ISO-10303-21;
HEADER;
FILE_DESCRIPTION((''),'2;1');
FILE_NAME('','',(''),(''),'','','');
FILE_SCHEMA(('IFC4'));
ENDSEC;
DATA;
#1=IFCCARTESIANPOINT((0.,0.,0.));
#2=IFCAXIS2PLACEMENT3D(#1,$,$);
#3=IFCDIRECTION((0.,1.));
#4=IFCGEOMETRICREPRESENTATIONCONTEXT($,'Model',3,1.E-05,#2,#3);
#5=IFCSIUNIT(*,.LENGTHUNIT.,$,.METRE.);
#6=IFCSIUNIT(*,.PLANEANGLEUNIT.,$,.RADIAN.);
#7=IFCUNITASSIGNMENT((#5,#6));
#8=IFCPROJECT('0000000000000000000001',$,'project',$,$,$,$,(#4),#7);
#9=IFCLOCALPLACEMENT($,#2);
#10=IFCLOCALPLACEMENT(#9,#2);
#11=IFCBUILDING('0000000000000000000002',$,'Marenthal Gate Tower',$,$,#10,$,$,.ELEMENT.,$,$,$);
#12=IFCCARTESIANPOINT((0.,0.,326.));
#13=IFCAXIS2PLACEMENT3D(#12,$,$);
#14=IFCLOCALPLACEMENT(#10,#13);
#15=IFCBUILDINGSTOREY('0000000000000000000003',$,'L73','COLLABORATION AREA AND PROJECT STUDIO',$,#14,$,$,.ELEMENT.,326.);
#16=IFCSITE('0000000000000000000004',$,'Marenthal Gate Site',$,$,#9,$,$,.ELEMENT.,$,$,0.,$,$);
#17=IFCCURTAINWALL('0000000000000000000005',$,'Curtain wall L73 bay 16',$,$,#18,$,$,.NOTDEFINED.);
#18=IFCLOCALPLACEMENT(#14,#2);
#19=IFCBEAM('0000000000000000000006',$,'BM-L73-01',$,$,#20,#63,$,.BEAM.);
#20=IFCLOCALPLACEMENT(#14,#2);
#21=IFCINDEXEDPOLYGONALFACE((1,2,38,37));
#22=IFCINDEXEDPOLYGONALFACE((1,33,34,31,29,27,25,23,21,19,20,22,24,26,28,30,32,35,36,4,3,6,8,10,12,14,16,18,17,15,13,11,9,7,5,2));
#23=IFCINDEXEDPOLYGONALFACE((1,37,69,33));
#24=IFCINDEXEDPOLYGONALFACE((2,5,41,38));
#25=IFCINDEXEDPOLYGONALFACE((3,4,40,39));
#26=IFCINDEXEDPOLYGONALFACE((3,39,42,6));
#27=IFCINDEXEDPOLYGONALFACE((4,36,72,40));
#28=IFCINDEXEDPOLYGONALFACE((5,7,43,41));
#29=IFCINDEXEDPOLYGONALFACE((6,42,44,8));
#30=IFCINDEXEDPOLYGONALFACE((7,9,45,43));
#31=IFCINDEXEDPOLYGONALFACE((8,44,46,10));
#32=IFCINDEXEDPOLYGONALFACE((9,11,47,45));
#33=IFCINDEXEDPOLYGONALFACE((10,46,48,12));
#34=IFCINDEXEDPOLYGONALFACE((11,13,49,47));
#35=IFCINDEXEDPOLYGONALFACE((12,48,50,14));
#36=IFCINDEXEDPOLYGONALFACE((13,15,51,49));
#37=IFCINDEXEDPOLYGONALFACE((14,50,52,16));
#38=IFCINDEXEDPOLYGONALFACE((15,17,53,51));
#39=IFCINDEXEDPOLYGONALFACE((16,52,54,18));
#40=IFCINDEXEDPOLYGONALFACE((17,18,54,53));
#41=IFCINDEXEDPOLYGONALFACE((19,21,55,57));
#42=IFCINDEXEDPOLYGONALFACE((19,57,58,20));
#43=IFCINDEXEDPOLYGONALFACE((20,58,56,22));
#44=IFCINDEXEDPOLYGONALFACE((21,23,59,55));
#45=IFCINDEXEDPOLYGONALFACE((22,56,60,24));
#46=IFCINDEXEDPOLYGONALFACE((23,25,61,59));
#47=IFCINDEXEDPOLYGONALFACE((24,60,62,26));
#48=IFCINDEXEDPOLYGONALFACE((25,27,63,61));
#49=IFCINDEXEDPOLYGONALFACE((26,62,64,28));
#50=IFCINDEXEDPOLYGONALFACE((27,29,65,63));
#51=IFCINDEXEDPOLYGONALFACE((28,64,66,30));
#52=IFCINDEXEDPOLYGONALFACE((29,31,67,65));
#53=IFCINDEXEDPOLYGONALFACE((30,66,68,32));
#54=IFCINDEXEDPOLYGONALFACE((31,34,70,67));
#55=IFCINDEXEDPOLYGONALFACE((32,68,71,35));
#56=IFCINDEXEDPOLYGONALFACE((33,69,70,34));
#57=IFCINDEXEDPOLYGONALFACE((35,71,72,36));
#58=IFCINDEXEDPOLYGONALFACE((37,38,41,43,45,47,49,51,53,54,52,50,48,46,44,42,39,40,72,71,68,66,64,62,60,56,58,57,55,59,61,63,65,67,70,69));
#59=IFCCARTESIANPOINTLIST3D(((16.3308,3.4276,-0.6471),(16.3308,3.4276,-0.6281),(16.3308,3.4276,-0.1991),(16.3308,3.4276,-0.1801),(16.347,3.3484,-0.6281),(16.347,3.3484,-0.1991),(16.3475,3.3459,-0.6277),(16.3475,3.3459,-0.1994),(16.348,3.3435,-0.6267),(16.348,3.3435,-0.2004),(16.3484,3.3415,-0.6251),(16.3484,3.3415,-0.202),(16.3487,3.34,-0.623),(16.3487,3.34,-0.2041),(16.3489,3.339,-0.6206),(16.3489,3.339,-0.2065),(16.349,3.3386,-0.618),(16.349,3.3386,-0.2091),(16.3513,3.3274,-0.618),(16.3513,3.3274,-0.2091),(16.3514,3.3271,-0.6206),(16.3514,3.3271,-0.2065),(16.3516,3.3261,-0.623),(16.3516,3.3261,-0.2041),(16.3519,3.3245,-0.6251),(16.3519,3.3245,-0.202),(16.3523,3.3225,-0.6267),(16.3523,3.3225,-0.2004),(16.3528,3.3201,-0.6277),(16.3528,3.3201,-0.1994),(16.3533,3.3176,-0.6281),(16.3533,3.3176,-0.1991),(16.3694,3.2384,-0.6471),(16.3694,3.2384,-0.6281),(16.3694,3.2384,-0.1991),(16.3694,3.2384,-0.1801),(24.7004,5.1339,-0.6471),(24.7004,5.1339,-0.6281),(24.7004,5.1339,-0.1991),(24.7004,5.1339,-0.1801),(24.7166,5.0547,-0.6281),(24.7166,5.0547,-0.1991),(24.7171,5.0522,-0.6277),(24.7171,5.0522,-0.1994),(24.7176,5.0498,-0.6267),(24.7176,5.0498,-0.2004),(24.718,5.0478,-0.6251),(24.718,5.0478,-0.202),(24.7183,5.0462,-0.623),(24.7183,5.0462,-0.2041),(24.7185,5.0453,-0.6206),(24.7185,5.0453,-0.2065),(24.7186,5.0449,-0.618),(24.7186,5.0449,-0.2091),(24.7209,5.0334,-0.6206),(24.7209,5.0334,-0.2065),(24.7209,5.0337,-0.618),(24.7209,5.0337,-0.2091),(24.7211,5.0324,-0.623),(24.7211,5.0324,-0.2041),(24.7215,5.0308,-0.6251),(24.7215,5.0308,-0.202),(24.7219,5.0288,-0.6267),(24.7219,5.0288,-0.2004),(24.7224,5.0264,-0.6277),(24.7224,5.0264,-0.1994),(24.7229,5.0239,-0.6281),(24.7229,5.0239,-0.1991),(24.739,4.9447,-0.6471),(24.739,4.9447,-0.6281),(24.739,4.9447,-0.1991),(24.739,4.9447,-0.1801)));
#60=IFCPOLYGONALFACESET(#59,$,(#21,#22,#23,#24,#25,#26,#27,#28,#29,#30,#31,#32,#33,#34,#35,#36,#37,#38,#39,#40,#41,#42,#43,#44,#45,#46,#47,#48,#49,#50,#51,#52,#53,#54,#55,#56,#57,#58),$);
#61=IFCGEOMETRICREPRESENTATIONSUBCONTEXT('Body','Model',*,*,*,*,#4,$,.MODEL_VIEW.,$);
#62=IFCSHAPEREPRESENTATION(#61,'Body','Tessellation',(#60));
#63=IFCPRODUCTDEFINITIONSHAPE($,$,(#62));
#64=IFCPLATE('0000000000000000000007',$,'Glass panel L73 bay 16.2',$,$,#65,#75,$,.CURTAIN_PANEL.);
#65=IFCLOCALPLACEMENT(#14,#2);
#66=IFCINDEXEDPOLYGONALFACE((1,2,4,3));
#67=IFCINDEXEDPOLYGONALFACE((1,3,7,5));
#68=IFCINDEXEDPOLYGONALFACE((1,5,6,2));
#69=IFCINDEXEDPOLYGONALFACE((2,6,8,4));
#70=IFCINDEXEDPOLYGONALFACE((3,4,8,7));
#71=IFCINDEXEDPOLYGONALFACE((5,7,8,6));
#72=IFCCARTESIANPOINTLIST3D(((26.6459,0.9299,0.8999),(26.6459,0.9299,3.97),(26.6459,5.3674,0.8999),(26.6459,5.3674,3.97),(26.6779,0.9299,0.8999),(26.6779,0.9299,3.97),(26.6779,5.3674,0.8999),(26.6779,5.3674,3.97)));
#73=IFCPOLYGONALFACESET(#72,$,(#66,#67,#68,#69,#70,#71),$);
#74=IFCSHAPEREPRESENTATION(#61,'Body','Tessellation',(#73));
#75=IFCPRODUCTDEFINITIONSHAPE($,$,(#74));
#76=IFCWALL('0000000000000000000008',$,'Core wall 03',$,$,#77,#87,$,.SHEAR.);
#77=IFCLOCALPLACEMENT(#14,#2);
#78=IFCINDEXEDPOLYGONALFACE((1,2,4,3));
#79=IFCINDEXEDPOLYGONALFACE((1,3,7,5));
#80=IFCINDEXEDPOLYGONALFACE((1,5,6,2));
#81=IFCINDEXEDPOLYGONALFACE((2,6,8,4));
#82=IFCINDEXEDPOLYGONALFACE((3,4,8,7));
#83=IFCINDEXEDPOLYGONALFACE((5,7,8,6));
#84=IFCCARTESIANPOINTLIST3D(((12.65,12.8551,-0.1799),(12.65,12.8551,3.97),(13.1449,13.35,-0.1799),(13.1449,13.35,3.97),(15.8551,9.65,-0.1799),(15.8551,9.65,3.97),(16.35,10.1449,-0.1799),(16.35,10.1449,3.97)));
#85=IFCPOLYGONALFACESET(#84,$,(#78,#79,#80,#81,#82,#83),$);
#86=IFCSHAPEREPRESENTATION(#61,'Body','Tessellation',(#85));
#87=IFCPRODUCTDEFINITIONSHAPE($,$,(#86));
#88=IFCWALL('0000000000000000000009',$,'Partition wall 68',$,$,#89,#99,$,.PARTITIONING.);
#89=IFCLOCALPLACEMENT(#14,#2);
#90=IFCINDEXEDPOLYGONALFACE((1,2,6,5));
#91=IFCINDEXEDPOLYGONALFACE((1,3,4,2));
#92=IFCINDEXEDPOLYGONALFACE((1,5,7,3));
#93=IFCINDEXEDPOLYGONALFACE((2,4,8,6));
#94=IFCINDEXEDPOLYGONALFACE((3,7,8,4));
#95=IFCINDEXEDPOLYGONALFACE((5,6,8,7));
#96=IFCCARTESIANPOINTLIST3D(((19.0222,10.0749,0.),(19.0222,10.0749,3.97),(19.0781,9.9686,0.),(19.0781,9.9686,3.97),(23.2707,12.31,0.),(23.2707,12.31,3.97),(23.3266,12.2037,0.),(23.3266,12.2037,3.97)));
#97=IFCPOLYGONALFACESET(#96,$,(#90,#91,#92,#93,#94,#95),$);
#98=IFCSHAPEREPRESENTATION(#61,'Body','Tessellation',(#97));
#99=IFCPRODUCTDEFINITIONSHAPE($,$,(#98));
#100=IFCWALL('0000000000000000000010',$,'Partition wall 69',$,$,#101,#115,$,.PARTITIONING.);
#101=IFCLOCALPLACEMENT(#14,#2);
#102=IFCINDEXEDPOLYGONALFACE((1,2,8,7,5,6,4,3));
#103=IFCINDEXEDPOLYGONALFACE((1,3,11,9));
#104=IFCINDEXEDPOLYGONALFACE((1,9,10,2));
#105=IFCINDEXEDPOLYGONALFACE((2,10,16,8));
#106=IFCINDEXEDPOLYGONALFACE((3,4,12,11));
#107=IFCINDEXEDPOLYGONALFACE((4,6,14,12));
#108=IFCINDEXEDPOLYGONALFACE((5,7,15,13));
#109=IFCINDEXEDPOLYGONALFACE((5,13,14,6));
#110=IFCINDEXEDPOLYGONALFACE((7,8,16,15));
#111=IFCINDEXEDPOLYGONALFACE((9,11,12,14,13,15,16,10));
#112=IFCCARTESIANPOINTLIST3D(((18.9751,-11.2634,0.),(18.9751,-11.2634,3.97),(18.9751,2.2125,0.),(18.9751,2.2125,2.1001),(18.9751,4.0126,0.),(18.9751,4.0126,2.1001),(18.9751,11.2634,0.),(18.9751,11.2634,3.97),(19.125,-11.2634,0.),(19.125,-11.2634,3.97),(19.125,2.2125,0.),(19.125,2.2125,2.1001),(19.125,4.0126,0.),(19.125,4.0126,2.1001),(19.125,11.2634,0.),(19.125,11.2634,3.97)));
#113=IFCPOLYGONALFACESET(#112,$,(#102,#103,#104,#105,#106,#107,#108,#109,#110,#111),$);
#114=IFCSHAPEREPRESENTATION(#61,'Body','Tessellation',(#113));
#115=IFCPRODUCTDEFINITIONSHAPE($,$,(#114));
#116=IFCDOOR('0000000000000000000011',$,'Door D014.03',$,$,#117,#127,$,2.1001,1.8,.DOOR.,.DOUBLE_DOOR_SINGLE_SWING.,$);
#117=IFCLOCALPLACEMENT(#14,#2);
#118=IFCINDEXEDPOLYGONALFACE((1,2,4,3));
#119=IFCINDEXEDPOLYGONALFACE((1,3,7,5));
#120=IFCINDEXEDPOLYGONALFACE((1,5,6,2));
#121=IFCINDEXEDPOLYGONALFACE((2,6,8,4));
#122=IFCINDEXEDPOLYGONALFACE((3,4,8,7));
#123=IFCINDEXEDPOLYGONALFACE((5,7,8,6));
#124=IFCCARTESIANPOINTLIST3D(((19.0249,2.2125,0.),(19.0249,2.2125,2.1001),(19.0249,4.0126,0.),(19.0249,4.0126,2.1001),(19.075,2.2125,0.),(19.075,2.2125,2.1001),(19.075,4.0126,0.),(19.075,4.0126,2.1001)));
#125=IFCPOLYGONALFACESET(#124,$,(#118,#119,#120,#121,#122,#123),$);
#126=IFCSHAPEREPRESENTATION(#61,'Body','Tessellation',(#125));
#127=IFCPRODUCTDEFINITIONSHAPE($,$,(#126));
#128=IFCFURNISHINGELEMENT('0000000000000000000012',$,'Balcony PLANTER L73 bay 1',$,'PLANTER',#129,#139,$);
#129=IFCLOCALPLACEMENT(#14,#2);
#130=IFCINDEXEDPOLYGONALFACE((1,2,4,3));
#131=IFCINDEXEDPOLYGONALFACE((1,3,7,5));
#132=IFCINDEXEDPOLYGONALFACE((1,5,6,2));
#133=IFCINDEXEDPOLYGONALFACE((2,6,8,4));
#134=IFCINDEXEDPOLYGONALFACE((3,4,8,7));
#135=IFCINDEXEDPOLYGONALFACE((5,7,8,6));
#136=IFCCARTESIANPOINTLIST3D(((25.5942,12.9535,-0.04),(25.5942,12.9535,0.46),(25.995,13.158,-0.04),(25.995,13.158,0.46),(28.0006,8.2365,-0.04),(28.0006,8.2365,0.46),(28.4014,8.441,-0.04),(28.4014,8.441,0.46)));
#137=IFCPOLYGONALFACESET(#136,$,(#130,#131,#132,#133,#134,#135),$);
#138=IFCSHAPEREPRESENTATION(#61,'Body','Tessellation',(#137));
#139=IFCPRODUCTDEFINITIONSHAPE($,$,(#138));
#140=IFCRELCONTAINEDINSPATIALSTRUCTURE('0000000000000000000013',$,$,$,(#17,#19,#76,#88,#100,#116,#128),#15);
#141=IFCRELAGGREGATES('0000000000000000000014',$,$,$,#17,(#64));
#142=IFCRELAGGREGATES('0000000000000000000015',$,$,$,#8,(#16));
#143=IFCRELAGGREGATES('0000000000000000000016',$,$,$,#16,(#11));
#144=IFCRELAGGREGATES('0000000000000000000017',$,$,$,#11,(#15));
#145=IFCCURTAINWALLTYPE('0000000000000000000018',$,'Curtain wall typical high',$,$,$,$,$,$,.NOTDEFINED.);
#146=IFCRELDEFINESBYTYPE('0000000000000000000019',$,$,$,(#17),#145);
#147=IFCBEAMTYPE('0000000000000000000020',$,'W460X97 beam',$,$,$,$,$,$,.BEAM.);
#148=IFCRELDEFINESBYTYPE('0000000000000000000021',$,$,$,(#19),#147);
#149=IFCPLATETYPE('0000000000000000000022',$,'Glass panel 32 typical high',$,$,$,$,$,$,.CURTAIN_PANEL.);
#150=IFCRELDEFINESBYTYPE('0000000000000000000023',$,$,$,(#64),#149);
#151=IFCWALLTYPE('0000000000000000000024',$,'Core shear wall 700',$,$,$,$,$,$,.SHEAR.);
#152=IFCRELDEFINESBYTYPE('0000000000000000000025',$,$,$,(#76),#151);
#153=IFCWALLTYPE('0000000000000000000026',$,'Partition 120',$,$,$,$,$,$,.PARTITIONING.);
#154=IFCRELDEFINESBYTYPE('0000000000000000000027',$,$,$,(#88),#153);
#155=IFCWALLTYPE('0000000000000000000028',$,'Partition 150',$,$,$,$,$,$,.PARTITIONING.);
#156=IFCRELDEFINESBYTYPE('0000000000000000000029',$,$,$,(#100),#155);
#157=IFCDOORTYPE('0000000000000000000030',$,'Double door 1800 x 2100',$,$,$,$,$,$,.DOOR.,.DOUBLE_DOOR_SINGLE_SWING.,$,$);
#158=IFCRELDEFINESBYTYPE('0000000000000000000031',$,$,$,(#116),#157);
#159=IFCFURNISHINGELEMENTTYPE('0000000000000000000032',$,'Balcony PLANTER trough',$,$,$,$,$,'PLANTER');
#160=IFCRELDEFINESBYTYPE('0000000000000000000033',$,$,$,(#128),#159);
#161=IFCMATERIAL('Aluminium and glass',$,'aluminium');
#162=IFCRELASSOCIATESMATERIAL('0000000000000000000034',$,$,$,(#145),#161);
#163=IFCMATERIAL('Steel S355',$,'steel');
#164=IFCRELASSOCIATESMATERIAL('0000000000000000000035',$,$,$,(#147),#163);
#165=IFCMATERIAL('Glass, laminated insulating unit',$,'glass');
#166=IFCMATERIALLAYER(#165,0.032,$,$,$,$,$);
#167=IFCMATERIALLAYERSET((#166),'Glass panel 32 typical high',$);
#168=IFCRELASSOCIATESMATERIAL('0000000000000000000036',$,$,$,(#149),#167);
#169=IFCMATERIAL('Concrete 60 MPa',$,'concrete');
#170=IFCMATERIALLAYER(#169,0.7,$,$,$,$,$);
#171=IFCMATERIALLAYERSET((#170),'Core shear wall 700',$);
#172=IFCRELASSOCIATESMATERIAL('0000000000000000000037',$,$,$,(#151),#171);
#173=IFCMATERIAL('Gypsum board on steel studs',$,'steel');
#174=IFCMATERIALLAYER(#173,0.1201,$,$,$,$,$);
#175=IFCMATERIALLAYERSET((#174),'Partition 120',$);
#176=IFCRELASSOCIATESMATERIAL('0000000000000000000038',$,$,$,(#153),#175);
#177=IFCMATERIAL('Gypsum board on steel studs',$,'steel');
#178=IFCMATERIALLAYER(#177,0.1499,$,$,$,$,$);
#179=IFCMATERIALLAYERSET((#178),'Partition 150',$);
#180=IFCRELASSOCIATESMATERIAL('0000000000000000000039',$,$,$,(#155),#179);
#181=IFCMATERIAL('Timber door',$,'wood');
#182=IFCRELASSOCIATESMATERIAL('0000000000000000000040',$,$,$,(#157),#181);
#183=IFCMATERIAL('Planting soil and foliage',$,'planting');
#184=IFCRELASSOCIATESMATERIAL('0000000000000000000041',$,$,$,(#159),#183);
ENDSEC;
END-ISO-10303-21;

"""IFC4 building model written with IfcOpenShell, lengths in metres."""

from ifc_helpers import new_model, si_unit, direction, frame, frame_2d, origin, origin_2d, place, context, subcontext, project, spatial, rectangle, i_section, extrude, material, layer, layer_set, material_profile, profile_set, type_object, element, fill, aggregate, save


model = new_model("IFC4")

# Units and contexts
model_context = context("Model", 3, precision=1e-05, world=origin(), true_north=direction((0.0, 1.0)))
body_context = subcontext(model_context, "Body", "Model", "MODEL_VIEW")
ifc_project = project(units=[si_unit("LENGTHUNIT", "METRE"), si_unit("PLANEANGLEUNIT", "RADIAN")], contexts=[model_context])

# Site, building, storey
site_placement = place(None, origin())
site = spatial("IfcSite", under=ifc_project, at=site_placement, Name="Marenthal Gate Site", CompositionType="ELEMENT", RefElevation=0.0)
building_placement = place(site_placement, origin())
building = spatial("IfcBuilding", under=site, at=building_placement, Name="Marenthal Gate Tower", CompositionType="ELEMENT")
storey_placement = place(building_placement, frame((0.0, 0.0, 326.0)))
storey = spatial("IfcBuildingStorey", under=building, at=storey_placement, Name="L73", Description="COLLABORATION AREA AND PROJECT STUDIO", CompositionType="ELEMENT", Elevation=326.0)

# Curtain wall
ifc_material_1 = material(Name="Aluminium and glass", Category="aluminium")
curtain_wall_type = type_object("IfcCurtainWallType", Name="Curtain wall typical high", PredefinedType="NOTDEFINED", material=ifc_material_1)
curtain_wall_placement = place(storey_placement, origin())
curtain_wall = element("IfcCurtainWall", 1, at=curtain_wall_placement, inside=storey, type_object=curtain_wall_type, Name="Curtain wall L73 bay 16", PredefinedType="NOTDEFINED")

# Beam
ifc_material_2 = material(Name="Steel S355", Category="steel")
ifc_material_profile_1 = material_profile(ifc_material_2, i_section(OverallWidth=0.1931, OverallDepth=0.467, WebThickness=0.0115, FlangeThickness=0.019, FilletRadius=0.01, at=origin_2d()), Name="W460X97")
ifc_profile_set_1 = profile_set([ifc_material_profile_1], Name="Steel S355")
beam_type_1 = type_object("IfcBeamType", Name="W460X97 beam", PredefinedType="BEAM", material=ifc_profile_set_1)
beam_1_placement = place(storey_placement, frame((24.7197, 5.0393, -0.4136), z_axis=(-0.979845, -0.199759, 0.0), x_axis=(0.199759, -0.979845, 0.0)))
element("IfcBeam", 2, at=beam_1_placement, inside=storey, type_object=beam_type_1, Name="BM-L73-01", PredefinedType="BEAM", context=body_context, shape_type="SweptSolid", body=[
    extrude(i_section(OverallWidth=0.1931, OverallDepth=0.467, WebThickness=0.0115, FlangeThickness=0.019, FilletRadius=0.01, at=origin_2d()), origin(), (0.0, 0.0, 1.0), 8.5417),
])

# Plate
ifc_material_3 = material(Name="Glass, laminated insulating unit", Category="glass")
ifc_layer_1 = layer(ifc_material_3, 0.032)
ifc_layer_set_1 = layer_set([ifc_layer_1], Name="Glass panel 32 typical high")
plate_type = type_object("IfcPlateType", Name="Glass panel 32 typical high", PredefinedType="CURTAIN_PANEL", material=ifc_layer_set_1)
plate_placement = place(storey_placement, frame((26.6619, 3.1487, 0.8999), z_axis=(0.0, 0.0, 1.0), x_axis=(0.0, 1.0, 0.0)))
plate = element("IfcPlate", 3, at=plate_placement, type_object=plate_type, Name="Glass panel L73 bay 16.2", PredefinedType="CURTAIN_PANEL", context=body_context, shape_type="SweptSolid", body=[
    extrude(rectangle(XDim=4.4375, YDim=0.032, at=origin_2d()), origin(), (0.0, 0.0, 1.0), 3.0701),
])
aggregate(curtain_wall, [plate])

# Walls
ifc_material_4 = material(Name="Concrete 60 MPa", Category="concrete")
ifc_layer_2 = layer(ifc_material_4, 0.7)
ifc_layer_set_2 = layer_set([ifc_layer_2], Name="Core shear wall 700")
wall_type_1 = type_object("IfcWallType", Name="Core shear wall 700", PredefinedType="SHEAR", material=ifc_layer_set_2)
wall_1_placement = place(storey_placement, frame((16.1025, 9.8975, -0.1799), z_axis=(0.0, 0.0, 1.0), x_axis=(-0.707107, 0.707107, 0.0)))
element("IfcWall", 4, at=wall_1_placement, inside=storey, type_object=wall_type_1, Name="Core wall 03", PredefinedType="SHEAR", context=body_context, shape_type="SweptSolid", body=[
    extrude(rectangle(XDim=4.5327, YDim=0.7, at=frame_2d((2.2664, 0.0))), origin(), (0.0, 0.0, 1.0), 4.1499),
])
ifc_material_5 = material(Name="Gypsum board on steel studs", Category="steel")
ifc_layer_3 = layer(ifc_material_5, 0.1201)
ifc_layer_set_3 = layer_set([ifc_layer_3], Name="Partition 120")
wall_type_2 = type_object("IfcWallType", Name="Partition 120", PredefinedType="PARTITIONING", material=ifc_layer_set_3)
wall_2_placement = place(storey_placement, frame((19.05, 10.0217, 0.0), z_axis=(0.0, 0.0, 1.0), x_axis=(0.885001, 0.465589, 0.0)))
element("IfcWall", 5, at=wall_2_placement, inside=storey, type_object=wall_type_2, Name="Partition wall 68", PredefinedType="PARTITIONING", context=body_context, shape_type="SweptSolid", body=[
    extrude(rectangle(XDim=4.8005, YDim=0.1201, at=frame_2d((2.4004, 0.0))), origin(), (0.0, 0.0, 1.0), 3.97),
])

# Wall, opening, door
ifc_material_6 = material(Name="Gypsum board on steel studs", Category="steel")
ifc_layer_4 = layer(ifc_material_6, 0.1499)
ifc_layer_set_4 = layer_set([ifc_layer_4], Name="Partition 150")
wall_type_3 = type_object("IfcWallType", Name="Partition 150", PredefinedType="PARTITIONING", material=ifc_layer_set_4)
wall_3_placement = place(storey_placement, frame((19.05, 11.2634, 0.0), z_axis=(0.0, 0.0, 1.0), x_axis=(0.0, -1.0, 0.0)))
wall_3 = element("IfcWall", 6, at=wall_3_placement, inside=storey, type_object=wall_type_3, Name="Partition wall 69", PredefinedType="PARTITIONING", context=body_context, shape_type="SweptSolid", body=[
    extrude(rectangle(XDim=22.5269, YDim=0.1499, at=frame_2d((11.2634, 0.0))), origin(), (0.0, 0.0, 1.0), 3.97),
])
opening_1_placement = place(wall_3_placement, frame((7.251, 0.0, 0.0)))
opening_1 = element("IfcOpeningElement", 7, at=opening_1_placement, cuts=wall_3, PredefinedType="OPENING", context=body_context, shape_type="SweptSolid", body=[
    extrude(rectangle(XDim=1.8, YDim=2.1001, at=frame_2d((0.8999, 1.05))), frame((0.0, 0.085, 0.0), z_axis=(0.0, -1.0, 0.0), x_axis=(1.0, 0.0, 0.0)), (0.0, 0.0, 1.0), 0.1699),
])
ifc_material_7 = material(Name="Timber door", Category="wood")
door_type_1 = type_object("IfcDoorType", Name="Double door 1800 x 2100", OperationType="DOUBLE_DOOR_SINGLE_SWING", PredefinedType="DOOR", material=ifc_material_7)
door_1_placement = place(opening_1_placement, origin())
door_1 = element("IfcDoor", 8, at=door_1_placement, inside=storey, type_object=door_type_1, Name="Door D014.03", OperationType="DOUBLE_DOOR_SINGLE_SWING", OverallHeight=2.1001, OverallWidth=1.8, PredefinedType="DOOR", context=body_context, shape_type="SweptSolid", body=[
    extrude(rectangle(XDim=1.8, YDim=2.1001, at=frame_2d((0.8999, 1.05))), frame((0.0, 0.0249, 0.0), z_axis=(0.0, -1.0, 0.0), x_axis=(1.0, 0.0, 0.0)), (0.0, 0.0, 1.0), 0.05),
])
fill(opening_1, door_1)

# Furnishing element
ifc_material_8 = material(Name="Planting soil and foliage", Category="planting")
furnishing_element_type = type_object("IfcFurnishingElementType", Name="Balcony PLANTER trough", ElementType="PLANTER", material=ifc_material_8)
furnishing_placement = place(storey_placement, frame((26.9978, 10.6973, -0.04), z_axis=(0.0, 0.0, 1.0), x_axis=(-0.454443, 0.890776, 0.0)))
element("IfcFurnishingElement", 9, at=furnishing_placement, inside=storey, type_object=furnishing_element_type, Name="Balcony PLANTER L73 bay 1", ObjectType="PLANTER", context=body_context, shape_type="SweptSolid", body=[
    extrude(rectangle(XDim=5.2954, YDim=0.45, at=origin_2d()), origin(), (0.0, 0.0, 1.0), 0.5),
])

save(model, "model.ifc")
